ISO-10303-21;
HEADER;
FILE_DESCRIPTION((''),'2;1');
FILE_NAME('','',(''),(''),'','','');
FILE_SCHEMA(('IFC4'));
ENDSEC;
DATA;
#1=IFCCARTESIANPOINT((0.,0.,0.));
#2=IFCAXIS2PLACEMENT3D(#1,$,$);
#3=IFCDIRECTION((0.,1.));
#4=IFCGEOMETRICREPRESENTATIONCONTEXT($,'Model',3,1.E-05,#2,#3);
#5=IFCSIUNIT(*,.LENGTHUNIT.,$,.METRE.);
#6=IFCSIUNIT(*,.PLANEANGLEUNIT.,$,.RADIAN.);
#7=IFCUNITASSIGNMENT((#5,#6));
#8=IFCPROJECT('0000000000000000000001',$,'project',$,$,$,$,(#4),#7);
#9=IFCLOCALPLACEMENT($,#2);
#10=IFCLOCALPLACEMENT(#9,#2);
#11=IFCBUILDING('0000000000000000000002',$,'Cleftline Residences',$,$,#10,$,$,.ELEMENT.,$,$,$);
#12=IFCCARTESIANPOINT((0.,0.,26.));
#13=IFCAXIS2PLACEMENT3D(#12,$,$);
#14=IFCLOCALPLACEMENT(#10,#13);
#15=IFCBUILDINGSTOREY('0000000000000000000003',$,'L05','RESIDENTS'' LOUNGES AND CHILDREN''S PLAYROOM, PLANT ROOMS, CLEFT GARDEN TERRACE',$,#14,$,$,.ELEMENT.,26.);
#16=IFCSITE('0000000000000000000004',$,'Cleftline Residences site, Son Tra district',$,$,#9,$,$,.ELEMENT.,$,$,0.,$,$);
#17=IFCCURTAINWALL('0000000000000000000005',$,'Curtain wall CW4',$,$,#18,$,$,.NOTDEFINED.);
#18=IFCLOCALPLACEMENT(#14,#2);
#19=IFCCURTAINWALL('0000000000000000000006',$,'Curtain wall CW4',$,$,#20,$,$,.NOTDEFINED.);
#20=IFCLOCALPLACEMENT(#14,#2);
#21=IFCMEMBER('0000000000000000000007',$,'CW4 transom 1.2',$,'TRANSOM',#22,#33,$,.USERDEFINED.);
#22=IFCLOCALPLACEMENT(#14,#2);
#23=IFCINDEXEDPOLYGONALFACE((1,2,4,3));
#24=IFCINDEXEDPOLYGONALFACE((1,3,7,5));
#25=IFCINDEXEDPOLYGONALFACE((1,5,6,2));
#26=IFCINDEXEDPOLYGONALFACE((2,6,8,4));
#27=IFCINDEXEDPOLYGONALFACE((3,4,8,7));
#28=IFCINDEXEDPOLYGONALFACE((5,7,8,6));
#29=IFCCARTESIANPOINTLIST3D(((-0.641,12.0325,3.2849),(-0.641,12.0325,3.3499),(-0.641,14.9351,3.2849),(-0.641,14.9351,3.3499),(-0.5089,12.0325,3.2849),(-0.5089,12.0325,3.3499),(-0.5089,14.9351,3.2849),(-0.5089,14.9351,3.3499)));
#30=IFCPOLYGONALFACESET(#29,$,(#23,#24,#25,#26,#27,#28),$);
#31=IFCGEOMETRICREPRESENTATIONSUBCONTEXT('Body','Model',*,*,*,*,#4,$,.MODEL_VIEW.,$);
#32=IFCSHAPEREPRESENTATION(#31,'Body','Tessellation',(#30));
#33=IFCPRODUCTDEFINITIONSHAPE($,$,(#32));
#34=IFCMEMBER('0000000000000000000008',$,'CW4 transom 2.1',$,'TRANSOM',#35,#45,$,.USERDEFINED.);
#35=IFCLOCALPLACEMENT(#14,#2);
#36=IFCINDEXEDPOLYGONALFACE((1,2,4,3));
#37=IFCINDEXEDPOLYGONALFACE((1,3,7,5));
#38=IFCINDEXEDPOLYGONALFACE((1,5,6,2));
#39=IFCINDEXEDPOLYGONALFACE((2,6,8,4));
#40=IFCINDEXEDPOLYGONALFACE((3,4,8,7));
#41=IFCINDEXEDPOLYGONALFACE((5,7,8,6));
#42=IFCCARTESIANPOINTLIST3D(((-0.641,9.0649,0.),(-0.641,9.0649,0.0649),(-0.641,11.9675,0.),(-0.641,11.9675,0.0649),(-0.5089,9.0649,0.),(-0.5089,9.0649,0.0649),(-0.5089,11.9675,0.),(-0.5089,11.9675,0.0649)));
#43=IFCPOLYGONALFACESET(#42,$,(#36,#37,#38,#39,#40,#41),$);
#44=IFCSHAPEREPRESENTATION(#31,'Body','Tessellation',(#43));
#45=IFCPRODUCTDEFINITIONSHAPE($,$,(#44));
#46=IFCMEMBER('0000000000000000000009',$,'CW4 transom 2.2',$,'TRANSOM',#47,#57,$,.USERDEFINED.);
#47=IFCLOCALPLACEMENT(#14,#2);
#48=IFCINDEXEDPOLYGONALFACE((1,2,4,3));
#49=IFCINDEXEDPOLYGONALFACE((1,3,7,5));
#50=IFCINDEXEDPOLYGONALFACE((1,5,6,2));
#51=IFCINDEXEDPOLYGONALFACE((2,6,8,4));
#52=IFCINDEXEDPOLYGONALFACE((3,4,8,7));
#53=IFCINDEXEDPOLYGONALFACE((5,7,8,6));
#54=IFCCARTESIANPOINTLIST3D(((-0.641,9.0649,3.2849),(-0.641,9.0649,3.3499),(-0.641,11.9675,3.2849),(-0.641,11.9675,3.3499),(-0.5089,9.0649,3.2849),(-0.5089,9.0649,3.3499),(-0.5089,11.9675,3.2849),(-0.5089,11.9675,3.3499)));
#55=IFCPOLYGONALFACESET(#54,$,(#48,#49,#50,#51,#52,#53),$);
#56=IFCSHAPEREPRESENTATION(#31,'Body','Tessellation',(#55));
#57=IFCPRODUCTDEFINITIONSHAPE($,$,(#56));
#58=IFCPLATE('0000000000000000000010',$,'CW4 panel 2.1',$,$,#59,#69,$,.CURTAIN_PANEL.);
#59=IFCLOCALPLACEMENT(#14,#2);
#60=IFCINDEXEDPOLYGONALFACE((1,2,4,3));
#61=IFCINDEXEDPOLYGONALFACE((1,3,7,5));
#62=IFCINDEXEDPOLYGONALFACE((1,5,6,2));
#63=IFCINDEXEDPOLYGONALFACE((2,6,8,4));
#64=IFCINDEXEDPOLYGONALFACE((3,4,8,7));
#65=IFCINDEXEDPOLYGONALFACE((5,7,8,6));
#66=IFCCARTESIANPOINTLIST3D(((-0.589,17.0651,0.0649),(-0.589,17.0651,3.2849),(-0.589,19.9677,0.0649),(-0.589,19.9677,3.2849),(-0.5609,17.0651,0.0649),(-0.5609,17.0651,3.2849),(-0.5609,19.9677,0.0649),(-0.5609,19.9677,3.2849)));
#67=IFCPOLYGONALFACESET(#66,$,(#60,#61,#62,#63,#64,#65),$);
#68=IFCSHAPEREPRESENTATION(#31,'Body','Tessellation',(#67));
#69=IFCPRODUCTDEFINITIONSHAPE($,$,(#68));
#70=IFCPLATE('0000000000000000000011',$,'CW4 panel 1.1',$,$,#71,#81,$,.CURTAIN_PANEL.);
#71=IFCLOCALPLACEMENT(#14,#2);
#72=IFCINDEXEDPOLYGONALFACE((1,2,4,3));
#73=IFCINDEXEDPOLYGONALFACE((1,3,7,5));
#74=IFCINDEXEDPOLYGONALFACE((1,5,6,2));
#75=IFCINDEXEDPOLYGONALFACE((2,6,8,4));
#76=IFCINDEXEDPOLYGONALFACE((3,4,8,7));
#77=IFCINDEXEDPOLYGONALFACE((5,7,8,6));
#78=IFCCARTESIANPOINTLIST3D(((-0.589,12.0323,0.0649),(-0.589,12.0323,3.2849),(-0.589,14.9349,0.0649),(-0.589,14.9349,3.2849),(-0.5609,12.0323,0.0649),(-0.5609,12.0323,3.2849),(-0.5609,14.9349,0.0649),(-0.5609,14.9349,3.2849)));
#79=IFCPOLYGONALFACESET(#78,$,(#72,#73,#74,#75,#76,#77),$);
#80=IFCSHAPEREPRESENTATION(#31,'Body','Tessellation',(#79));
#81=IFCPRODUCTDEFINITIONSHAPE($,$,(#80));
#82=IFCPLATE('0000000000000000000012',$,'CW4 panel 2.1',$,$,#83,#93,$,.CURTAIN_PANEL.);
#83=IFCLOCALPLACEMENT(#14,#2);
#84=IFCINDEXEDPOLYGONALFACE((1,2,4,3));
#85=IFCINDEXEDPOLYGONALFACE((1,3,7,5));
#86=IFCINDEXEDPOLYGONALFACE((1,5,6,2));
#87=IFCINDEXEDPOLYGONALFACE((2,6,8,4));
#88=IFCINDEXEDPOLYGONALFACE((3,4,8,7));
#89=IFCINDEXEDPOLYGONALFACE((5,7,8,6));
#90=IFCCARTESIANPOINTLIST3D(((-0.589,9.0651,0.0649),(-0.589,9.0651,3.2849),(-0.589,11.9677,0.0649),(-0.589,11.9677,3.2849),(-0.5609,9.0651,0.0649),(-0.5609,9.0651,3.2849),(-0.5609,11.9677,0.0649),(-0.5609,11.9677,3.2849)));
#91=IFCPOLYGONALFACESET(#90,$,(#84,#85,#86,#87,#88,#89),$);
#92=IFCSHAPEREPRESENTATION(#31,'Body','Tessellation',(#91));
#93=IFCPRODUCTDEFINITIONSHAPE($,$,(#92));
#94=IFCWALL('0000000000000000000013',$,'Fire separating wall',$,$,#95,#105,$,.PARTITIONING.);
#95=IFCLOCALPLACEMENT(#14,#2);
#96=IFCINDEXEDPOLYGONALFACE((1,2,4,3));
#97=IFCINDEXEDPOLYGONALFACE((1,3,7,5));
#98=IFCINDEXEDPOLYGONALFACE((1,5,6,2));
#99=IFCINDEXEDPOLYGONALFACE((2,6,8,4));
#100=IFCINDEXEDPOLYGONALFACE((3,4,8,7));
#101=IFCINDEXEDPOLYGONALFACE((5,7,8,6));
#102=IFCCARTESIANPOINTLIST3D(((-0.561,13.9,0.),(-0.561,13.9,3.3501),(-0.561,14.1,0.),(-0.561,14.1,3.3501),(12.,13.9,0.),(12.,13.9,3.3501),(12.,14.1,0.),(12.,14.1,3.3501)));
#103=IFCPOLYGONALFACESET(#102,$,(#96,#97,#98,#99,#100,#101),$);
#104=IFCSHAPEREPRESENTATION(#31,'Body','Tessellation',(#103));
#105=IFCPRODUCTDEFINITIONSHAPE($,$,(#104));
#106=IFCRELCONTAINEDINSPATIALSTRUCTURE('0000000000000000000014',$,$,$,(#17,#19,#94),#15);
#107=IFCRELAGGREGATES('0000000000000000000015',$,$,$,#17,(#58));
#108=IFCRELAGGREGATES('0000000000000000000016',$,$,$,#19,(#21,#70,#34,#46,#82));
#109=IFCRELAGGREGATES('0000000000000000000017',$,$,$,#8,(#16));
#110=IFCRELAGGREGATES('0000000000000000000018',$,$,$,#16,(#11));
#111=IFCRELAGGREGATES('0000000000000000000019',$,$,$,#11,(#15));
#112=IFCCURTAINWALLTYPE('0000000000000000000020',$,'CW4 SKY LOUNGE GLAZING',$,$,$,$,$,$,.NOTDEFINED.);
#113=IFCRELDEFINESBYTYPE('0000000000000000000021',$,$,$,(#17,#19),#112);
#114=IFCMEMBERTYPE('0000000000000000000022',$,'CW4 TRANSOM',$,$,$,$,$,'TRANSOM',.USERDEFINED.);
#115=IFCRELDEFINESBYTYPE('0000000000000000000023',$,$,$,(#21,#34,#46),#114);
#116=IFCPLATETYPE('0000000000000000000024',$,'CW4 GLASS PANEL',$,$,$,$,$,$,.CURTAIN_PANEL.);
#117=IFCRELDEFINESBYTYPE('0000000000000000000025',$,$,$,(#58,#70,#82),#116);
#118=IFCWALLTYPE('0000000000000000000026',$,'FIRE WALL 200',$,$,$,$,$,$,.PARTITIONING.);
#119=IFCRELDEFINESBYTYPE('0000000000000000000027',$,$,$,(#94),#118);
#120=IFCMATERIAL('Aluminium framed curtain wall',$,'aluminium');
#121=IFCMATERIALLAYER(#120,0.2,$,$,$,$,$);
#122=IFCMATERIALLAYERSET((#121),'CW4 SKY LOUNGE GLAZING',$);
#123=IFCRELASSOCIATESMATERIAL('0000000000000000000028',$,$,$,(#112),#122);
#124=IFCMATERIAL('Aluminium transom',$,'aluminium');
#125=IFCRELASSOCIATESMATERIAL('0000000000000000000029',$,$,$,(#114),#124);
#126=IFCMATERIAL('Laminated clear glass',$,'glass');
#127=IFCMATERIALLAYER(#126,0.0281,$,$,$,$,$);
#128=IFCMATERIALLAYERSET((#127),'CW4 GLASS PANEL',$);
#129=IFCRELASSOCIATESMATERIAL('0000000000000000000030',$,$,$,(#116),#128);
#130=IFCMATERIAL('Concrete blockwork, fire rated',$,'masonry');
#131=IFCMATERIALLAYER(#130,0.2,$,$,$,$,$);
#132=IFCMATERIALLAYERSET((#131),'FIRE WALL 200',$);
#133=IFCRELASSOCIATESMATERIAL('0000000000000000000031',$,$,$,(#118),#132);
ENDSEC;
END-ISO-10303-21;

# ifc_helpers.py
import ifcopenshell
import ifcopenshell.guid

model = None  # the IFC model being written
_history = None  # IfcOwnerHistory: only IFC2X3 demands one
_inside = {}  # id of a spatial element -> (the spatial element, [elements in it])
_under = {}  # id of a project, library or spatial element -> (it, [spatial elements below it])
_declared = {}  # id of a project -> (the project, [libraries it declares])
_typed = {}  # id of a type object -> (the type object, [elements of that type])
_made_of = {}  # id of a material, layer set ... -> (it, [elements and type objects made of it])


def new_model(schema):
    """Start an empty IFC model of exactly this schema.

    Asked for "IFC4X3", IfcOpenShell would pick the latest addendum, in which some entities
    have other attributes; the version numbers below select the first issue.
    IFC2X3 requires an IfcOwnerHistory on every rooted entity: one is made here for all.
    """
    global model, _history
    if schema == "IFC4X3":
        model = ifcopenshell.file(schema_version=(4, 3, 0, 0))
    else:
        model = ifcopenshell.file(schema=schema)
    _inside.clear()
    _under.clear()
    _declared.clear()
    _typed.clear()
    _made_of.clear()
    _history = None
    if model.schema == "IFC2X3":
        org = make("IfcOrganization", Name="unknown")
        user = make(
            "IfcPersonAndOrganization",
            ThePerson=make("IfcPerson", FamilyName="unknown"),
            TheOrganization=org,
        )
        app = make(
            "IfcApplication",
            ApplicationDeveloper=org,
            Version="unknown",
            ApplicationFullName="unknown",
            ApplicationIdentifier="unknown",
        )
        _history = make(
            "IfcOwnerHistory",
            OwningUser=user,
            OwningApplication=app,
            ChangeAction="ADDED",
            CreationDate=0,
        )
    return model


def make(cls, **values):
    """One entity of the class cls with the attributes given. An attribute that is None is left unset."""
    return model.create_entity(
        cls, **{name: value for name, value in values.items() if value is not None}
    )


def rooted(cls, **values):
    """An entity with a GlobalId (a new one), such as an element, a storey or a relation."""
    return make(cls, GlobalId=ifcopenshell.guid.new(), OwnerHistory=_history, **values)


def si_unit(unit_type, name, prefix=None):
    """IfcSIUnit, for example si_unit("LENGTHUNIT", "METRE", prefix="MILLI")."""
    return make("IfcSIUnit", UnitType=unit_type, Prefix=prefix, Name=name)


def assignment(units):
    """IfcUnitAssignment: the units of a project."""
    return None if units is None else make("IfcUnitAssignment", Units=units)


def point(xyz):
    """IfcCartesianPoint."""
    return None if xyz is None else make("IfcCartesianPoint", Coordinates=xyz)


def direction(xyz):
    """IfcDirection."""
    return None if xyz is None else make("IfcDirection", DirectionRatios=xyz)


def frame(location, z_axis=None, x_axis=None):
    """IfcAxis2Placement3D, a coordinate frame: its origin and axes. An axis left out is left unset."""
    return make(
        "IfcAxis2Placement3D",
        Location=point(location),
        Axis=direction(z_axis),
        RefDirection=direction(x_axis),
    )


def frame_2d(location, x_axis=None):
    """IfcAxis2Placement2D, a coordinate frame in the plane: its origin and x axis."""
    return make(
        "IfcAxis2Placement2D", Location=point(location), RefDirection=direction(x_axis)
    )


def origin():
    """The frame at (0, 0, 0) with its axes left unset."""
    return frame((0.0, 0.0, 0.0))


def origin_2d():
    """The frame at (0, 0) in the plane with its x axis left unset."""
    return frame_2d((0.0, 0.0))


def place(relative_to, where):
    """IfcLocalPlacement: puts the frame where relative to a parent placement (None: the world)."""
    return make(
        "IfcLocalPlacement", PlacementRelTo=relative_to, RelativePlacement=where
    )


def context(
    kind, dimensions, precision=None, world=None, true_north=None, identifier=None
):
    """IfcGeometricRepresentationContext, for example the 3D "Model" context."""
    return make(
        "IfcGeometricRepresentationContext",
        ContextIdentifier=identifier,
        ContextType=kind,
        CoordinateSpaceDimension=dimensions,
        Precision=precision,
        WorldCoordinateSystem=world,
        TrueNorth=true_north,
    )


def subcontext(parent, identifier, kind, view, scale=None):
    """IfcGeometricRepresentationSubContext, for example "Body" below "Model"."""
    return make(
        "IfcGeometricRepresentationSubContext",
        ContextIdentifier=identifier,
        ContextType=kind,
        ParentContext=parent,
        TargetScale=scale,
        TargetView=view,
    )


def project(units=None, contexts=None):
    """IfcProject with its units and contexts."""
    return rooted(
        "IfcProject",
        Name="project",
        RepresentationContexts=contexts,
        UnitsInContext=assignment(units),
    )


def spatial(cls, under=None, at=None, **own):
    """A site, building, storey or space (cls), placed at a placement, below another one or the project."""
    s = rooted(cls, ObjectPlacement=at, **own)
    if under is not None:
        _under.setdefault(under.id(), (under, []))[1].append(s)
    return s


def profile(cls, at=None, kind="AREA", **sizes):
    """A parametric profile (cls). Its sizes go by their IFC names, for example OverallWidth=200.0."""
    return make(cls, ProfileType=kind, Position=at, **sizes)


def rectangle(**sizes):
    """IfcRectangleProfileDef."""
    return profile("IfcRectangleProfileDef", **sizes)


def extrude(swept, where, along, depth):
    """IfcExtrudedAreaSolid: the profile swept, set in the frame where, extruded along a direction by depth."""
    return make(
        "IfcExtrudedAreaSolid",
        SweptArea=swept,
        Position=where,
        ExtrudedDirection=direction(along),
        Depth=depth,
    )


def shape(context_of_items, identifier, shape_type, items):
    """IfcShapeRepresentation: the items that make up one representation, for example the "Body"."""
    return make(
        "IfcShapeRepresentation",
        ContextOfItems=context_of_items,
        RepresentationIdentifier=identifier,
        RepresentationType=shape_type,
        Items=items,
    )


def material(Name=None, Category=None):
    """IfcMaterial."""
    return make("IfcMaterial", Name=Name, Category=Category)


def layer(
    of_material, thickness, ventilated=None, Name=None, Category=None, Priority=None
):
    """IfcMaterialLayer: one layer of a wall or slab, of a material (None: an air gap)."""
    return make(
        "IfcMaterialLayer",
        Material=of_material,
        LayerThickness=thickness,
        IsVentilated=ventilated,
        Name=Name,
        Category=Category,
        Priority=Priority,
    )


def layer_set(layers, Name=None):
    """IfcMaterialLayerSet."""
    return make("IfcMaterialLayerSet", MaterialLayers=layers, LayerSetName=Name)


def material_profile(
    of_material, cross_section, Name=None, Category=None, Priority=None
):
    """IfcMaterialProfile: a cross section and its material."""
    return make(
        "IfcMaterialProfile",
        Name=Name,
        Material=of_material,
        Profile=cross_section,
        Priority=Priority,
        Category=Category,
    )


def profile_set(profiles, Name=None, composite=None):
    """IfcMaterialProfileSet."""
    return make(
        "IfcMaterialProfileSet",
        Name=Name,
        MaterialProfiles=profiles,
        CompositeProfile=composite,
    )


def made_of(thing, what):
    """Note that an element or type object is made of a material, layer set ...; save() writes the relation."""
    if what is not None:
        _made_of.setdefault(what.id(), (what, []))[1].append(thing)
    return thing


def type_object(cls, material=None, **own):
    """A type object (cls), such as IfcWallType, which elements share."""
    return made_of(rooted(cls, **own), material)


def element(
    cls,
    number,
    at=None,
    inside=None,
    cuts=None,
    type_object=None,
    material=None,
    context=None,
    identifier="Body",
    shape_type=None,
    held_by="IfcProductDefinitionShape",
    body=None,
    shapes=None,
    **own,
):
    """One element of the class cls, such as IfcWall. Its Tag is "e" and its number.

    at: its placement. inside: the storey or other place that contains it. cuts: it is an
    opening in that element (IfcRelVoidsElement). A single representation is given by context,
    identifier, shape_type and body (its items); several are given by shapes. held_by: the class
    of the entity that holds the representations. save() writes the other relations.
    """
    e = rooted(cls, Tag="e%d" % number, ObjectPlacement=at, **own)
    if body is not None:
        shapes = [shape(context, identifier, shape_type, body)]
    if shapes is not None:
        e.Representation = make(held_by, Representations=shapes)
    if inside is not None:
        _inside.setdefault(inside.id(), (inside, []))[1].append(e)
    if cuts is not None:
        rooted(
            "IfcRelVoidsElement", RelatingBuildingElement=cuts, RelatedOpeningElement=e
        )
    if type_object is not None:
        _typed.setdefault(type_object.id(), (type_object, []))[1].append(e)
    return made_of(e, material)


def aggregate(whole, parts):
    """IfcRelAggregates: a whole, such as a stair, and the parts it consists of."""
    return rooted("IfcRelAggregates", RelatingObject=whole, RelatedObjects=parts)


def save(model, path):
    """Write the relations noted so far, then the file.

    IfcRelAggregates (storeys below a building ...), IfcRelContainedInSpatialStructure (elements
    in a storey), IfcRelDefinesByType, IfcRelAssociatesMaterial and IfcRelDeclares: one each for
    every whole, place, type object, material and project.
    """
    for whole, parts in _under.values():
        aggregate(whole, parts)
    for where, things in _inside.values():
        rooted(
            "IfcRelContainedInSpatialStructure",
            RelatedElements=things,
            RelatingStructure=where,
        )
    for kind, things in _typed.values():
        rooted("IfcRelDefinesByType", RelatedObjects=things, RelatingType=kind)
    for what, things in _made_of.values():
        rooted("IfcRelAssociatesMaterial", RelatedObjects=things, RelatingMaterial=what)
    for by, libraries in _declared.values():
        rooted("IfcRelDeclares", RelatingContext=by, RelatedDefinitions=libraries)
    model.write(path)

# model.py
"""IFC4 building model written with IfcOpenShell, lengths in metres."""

from ifc_helpers import new_model, si_unit, direction, frame, frame_2d, origin, origin_2d, place, context, subcontext, project, spatial, rectangle, extrude, material, layer, layer_set, material_profile, profile_set, type_object, element, aggregate, save


model = new_model("IFC4")

# Units and contexts
model_context = context("Model", 3, precision=1e-05, world=origin(), true_north=direction((0.0, 1.0)))
body_context = subcontext(model_context, "Body", "Model", "MODEL_VIEW")
ifc_project = project(units=[si_unit("LENGTHUNIT", "METRE"), si_unit("PLANEANGLEUNIT", "RADIAN")], contexts=[model_context])

# Site, building, storey
site_placement = place(None, origin())
site = spatial("IfcSite", under=ifc_project, at=site_placement, Name="Cleftline Residences site, Son Tra district", CompositionType="ELEMENT", RefElevation=0.0)
building_placement = place(site_placement, origin())
building = spatial("IfcBuilding", under=site, at=building_placement, Name="Cleftline Residences", CompositionType="ELEMENT")
storey_placement = place(building_placement, frame((0.0, 0.0, 26.0)))
storey = spatial("IfcBuildingStorey", under=building, at=storey_placement, Name="L05", Description="RESIDENTS' LOUNGES AND CHILDREN'S PLAYROOM, PLANT ROOMS, CLEFT GARDEN TERRACE", CompositionType="ELEMENT", Elevation=26.0)

# Curtain walls
ifc_material_1 = material(Name="Aluminium framed curtain wall", Category="aluminium")
ifc_layer_1 = layer(ifc_material_1, 0.2)
ifc_layer_set_1 = layer_set([ifc_layer_1], Name="CW4 SKY LOUNGE GLAZING")
curtain_wall_type = type_object("IfcCurtainWallType", Name="CW4 SKY LOUNGE GLAZING", PredefinedType="NOTDEFINED", material=ifc_layer_set_1)
curtain_wall_1_placement = place(storey_placement, origin())
curtain_wall_1 = element("IfcCurtainWall", 1, at=curtain_wall_1_placement, inside=storey, type_object=curtain_wall_type, Name="Curtain wall CW4", PredefinedType="NOTDEFINED")
curtain_wall_2_placement = place(storey_placement, origin())
curtain_wall_2 = element("IfcCurtainWall", 2, at=curtain_wall_2_placement, inside=storey, type_object=curtain_wall_type, Name="Curtain wall CW4", PredefinedType="NOTDEFINED")

# Members
ifc_material_2 = material(Name="Aluminium transom", Category="aluminium")
ifc_material_profile_1 = material_profile(ifc_material_2, rectangle(XDim=0.1321, YDim=0.0649, at=origin_2d()))
ifc_profile_set_1 = profile_set([ifc_material_profile_1], Name="Aluminium transom")
member_type_1 = type_object("IfcMemberType", Name="CW4 TRANSOM", ElementType="TRANSOM", PredefinedType="USERDEFINED", material=ifc_profile_set_1)
member_1_placement = place(storey_placement, frame((-0.575, 14.9351, 3.3174), z_axis=(0.0, -1.0, 0.0), x_axis=(1.0, 0.0, 0.0)))
member_1 = element("IfcMember", 3, at=member_1_placement, type_object=member_type_1, Name="CW4 transom 1.2", ObjectType="TRANSOM", PredefinedType="USERDEFINED", context=body_context, shape_type="SweptSolid", body=[
    extrude(rectangle(XDim=0.1321, YDim=0.0649, at=origin_2d()), origin(), (0.0, 0.0, 1.0), 2.9026),
])
member_2_placement = place(storey_placement, frame((-0.575, 11.9675, 0.0325), z_axis=(0.0, -1.0, 0.0), x_axis=(1.0, 0.0, 0.0)))
member_2 = element("IfcMember", 4, at=member_2_placement, type_object=member_type_1, Name="CW4 transom 2.1", ObjectType="TRANSOM", PredefinedType="USERDEFINED", context=body_context, shape_type="SweptSolid", body=[
    extrude(rectangle(XDim=0.1321, YDim=0.0649, at=origin_2d()), origin(), (0.0, 0.0, 1.0), 2.9026),
])
member_3_placement = place(storey_placement, frame((-0.575, 11.9675, 3.3174), z_axis=(0.0, -1.0, 0.0), x_axis=(1.0, 0.0, 0.0)))
member_3 = element("IfcMember", 5, at=member_3_placement, type_object=member_type_1, Name="CW4 transom 2.2", ObjectType="TRANSOM", PredefinedType="USERDEFINED", context=body_context, shape_type="SweptSolid", body=[
    extrude(rectangle(XDim=0.1321, YDim=0.0649, at=origin_2d()), origin(), (0.0, 0.0, 1.0), 2.9026),
])

# Plates
ifc_material_3 = material(Name="Laminated clear glass", Category="glass")
ifc_layer_2 = layer(ifc_material_3, 0.0281)
ifc_layer_set_2 = layer_set([ifc_layer_2], Name="CW4 GLASS PANEL")
plate_type = type_object("IfcPlateType", Name="CW4 GLASS PANEL", PredefinedType="CURTAIN_PANEL", material=ifc_layer_set_2)
plate_1_placement = place(storey_placement, frame((-0.575, 18.5164, 0.0649), z_axis=(0.0, 0.0, 1.0), x_axis=(0.0, -1.0, 0.0)))
plate_1 = element("IfcPlate", 6, at=plate_1_placement, type_object=plate_type, Name="CW4 panel 2.1", PredefinedType="CURTAIN_PANEL", context=body_context, shape_type="SweptSolid", body=[
    extrude(rectangle(XDim=2.9026, YDim=0.0281, at=origin_2d()), origin(), (0.0, 0.0, 1.0), 3.22),
])
aggregate(curtain_wall_1, [plate_1])
plate_2_placement = place(storey_placement, frame((-0.575, 13.4836, 0.0649), z_axis=(0.0, 0.0, 1.0), x_axis=(0.0, -1.0, 0.0)))
plate_2 = element("IfcPlate", 7, at=plate_2_placement, type_object=plate_type, Name="CW4 panel 1.1", PredefinedType="CURTAIN_PANEL", context=body_context, shape_type="SweptSolid", body=[
    extrude(rectangle(XDim=2.9026, YDim=0.0281, at=origin_2d()), origin(), (0.0, 0.0, 1.0), 3.22),
])
plate_3_placement = place(storey_placement, frame((-0.575, 10.5164, 0.0649), z_axis=(0.0, 0.0, 1.0), x_axis=(0.0, -1.0, 0.0)))
plate_3 = element("IfcPlate", 8, at=plate_3_placement, type_object=plate_type, Name="CW4 panel 2.1", PredefinedType="CURTAIN_PANEL", context=body_context, shape_type="SweptSolid", body=[
    extrude(rectangle(XDim=2.9026, YDim=0.0281, at=origin_2d()), origin(), (0.0, 0.0, 1.0), 3.22),
])
aggregate(curtain_wall_2, [member_1, plate_2, member_2, member_3, plate_3])

# Wall
ifc_material_4 = material(Name="Concrete blockwork, fire rated", Category="masonry")
ifc_layer_3 = layer(ifc_material_4, 0.2)
ifc_layer_set_3 = layer_set([ifc_layer_3], Name="FIRE WALL 200")
wall_type = type_object("IfcWallType", Name="FIRE WALL 200", PredefinedType="PARTITIONING", material=ifc_layer_set_3)
wall_placement = place(storey_placement, frame((-0.561, 14.0, 0.0), z_axis=(0.0, 0.0, 1.0), x_axis=(1.0, 0.0, 0.0)))
element("IfcWall", 9, at=wall_placement, inside=storey, type_object=wall_type, Name="Fire separating wall", PredefinedType="PARTITIONING", context=body_context, shape_type="SweptSolid", body=[
    extrude(rectangle(XDim=12.561, YDim=0.2, at=frame_2d((6.2805, 0.0))), origin(), (0.0, 0.0, 1.0), 3.3501),
])

save(model, "model.ifc")
